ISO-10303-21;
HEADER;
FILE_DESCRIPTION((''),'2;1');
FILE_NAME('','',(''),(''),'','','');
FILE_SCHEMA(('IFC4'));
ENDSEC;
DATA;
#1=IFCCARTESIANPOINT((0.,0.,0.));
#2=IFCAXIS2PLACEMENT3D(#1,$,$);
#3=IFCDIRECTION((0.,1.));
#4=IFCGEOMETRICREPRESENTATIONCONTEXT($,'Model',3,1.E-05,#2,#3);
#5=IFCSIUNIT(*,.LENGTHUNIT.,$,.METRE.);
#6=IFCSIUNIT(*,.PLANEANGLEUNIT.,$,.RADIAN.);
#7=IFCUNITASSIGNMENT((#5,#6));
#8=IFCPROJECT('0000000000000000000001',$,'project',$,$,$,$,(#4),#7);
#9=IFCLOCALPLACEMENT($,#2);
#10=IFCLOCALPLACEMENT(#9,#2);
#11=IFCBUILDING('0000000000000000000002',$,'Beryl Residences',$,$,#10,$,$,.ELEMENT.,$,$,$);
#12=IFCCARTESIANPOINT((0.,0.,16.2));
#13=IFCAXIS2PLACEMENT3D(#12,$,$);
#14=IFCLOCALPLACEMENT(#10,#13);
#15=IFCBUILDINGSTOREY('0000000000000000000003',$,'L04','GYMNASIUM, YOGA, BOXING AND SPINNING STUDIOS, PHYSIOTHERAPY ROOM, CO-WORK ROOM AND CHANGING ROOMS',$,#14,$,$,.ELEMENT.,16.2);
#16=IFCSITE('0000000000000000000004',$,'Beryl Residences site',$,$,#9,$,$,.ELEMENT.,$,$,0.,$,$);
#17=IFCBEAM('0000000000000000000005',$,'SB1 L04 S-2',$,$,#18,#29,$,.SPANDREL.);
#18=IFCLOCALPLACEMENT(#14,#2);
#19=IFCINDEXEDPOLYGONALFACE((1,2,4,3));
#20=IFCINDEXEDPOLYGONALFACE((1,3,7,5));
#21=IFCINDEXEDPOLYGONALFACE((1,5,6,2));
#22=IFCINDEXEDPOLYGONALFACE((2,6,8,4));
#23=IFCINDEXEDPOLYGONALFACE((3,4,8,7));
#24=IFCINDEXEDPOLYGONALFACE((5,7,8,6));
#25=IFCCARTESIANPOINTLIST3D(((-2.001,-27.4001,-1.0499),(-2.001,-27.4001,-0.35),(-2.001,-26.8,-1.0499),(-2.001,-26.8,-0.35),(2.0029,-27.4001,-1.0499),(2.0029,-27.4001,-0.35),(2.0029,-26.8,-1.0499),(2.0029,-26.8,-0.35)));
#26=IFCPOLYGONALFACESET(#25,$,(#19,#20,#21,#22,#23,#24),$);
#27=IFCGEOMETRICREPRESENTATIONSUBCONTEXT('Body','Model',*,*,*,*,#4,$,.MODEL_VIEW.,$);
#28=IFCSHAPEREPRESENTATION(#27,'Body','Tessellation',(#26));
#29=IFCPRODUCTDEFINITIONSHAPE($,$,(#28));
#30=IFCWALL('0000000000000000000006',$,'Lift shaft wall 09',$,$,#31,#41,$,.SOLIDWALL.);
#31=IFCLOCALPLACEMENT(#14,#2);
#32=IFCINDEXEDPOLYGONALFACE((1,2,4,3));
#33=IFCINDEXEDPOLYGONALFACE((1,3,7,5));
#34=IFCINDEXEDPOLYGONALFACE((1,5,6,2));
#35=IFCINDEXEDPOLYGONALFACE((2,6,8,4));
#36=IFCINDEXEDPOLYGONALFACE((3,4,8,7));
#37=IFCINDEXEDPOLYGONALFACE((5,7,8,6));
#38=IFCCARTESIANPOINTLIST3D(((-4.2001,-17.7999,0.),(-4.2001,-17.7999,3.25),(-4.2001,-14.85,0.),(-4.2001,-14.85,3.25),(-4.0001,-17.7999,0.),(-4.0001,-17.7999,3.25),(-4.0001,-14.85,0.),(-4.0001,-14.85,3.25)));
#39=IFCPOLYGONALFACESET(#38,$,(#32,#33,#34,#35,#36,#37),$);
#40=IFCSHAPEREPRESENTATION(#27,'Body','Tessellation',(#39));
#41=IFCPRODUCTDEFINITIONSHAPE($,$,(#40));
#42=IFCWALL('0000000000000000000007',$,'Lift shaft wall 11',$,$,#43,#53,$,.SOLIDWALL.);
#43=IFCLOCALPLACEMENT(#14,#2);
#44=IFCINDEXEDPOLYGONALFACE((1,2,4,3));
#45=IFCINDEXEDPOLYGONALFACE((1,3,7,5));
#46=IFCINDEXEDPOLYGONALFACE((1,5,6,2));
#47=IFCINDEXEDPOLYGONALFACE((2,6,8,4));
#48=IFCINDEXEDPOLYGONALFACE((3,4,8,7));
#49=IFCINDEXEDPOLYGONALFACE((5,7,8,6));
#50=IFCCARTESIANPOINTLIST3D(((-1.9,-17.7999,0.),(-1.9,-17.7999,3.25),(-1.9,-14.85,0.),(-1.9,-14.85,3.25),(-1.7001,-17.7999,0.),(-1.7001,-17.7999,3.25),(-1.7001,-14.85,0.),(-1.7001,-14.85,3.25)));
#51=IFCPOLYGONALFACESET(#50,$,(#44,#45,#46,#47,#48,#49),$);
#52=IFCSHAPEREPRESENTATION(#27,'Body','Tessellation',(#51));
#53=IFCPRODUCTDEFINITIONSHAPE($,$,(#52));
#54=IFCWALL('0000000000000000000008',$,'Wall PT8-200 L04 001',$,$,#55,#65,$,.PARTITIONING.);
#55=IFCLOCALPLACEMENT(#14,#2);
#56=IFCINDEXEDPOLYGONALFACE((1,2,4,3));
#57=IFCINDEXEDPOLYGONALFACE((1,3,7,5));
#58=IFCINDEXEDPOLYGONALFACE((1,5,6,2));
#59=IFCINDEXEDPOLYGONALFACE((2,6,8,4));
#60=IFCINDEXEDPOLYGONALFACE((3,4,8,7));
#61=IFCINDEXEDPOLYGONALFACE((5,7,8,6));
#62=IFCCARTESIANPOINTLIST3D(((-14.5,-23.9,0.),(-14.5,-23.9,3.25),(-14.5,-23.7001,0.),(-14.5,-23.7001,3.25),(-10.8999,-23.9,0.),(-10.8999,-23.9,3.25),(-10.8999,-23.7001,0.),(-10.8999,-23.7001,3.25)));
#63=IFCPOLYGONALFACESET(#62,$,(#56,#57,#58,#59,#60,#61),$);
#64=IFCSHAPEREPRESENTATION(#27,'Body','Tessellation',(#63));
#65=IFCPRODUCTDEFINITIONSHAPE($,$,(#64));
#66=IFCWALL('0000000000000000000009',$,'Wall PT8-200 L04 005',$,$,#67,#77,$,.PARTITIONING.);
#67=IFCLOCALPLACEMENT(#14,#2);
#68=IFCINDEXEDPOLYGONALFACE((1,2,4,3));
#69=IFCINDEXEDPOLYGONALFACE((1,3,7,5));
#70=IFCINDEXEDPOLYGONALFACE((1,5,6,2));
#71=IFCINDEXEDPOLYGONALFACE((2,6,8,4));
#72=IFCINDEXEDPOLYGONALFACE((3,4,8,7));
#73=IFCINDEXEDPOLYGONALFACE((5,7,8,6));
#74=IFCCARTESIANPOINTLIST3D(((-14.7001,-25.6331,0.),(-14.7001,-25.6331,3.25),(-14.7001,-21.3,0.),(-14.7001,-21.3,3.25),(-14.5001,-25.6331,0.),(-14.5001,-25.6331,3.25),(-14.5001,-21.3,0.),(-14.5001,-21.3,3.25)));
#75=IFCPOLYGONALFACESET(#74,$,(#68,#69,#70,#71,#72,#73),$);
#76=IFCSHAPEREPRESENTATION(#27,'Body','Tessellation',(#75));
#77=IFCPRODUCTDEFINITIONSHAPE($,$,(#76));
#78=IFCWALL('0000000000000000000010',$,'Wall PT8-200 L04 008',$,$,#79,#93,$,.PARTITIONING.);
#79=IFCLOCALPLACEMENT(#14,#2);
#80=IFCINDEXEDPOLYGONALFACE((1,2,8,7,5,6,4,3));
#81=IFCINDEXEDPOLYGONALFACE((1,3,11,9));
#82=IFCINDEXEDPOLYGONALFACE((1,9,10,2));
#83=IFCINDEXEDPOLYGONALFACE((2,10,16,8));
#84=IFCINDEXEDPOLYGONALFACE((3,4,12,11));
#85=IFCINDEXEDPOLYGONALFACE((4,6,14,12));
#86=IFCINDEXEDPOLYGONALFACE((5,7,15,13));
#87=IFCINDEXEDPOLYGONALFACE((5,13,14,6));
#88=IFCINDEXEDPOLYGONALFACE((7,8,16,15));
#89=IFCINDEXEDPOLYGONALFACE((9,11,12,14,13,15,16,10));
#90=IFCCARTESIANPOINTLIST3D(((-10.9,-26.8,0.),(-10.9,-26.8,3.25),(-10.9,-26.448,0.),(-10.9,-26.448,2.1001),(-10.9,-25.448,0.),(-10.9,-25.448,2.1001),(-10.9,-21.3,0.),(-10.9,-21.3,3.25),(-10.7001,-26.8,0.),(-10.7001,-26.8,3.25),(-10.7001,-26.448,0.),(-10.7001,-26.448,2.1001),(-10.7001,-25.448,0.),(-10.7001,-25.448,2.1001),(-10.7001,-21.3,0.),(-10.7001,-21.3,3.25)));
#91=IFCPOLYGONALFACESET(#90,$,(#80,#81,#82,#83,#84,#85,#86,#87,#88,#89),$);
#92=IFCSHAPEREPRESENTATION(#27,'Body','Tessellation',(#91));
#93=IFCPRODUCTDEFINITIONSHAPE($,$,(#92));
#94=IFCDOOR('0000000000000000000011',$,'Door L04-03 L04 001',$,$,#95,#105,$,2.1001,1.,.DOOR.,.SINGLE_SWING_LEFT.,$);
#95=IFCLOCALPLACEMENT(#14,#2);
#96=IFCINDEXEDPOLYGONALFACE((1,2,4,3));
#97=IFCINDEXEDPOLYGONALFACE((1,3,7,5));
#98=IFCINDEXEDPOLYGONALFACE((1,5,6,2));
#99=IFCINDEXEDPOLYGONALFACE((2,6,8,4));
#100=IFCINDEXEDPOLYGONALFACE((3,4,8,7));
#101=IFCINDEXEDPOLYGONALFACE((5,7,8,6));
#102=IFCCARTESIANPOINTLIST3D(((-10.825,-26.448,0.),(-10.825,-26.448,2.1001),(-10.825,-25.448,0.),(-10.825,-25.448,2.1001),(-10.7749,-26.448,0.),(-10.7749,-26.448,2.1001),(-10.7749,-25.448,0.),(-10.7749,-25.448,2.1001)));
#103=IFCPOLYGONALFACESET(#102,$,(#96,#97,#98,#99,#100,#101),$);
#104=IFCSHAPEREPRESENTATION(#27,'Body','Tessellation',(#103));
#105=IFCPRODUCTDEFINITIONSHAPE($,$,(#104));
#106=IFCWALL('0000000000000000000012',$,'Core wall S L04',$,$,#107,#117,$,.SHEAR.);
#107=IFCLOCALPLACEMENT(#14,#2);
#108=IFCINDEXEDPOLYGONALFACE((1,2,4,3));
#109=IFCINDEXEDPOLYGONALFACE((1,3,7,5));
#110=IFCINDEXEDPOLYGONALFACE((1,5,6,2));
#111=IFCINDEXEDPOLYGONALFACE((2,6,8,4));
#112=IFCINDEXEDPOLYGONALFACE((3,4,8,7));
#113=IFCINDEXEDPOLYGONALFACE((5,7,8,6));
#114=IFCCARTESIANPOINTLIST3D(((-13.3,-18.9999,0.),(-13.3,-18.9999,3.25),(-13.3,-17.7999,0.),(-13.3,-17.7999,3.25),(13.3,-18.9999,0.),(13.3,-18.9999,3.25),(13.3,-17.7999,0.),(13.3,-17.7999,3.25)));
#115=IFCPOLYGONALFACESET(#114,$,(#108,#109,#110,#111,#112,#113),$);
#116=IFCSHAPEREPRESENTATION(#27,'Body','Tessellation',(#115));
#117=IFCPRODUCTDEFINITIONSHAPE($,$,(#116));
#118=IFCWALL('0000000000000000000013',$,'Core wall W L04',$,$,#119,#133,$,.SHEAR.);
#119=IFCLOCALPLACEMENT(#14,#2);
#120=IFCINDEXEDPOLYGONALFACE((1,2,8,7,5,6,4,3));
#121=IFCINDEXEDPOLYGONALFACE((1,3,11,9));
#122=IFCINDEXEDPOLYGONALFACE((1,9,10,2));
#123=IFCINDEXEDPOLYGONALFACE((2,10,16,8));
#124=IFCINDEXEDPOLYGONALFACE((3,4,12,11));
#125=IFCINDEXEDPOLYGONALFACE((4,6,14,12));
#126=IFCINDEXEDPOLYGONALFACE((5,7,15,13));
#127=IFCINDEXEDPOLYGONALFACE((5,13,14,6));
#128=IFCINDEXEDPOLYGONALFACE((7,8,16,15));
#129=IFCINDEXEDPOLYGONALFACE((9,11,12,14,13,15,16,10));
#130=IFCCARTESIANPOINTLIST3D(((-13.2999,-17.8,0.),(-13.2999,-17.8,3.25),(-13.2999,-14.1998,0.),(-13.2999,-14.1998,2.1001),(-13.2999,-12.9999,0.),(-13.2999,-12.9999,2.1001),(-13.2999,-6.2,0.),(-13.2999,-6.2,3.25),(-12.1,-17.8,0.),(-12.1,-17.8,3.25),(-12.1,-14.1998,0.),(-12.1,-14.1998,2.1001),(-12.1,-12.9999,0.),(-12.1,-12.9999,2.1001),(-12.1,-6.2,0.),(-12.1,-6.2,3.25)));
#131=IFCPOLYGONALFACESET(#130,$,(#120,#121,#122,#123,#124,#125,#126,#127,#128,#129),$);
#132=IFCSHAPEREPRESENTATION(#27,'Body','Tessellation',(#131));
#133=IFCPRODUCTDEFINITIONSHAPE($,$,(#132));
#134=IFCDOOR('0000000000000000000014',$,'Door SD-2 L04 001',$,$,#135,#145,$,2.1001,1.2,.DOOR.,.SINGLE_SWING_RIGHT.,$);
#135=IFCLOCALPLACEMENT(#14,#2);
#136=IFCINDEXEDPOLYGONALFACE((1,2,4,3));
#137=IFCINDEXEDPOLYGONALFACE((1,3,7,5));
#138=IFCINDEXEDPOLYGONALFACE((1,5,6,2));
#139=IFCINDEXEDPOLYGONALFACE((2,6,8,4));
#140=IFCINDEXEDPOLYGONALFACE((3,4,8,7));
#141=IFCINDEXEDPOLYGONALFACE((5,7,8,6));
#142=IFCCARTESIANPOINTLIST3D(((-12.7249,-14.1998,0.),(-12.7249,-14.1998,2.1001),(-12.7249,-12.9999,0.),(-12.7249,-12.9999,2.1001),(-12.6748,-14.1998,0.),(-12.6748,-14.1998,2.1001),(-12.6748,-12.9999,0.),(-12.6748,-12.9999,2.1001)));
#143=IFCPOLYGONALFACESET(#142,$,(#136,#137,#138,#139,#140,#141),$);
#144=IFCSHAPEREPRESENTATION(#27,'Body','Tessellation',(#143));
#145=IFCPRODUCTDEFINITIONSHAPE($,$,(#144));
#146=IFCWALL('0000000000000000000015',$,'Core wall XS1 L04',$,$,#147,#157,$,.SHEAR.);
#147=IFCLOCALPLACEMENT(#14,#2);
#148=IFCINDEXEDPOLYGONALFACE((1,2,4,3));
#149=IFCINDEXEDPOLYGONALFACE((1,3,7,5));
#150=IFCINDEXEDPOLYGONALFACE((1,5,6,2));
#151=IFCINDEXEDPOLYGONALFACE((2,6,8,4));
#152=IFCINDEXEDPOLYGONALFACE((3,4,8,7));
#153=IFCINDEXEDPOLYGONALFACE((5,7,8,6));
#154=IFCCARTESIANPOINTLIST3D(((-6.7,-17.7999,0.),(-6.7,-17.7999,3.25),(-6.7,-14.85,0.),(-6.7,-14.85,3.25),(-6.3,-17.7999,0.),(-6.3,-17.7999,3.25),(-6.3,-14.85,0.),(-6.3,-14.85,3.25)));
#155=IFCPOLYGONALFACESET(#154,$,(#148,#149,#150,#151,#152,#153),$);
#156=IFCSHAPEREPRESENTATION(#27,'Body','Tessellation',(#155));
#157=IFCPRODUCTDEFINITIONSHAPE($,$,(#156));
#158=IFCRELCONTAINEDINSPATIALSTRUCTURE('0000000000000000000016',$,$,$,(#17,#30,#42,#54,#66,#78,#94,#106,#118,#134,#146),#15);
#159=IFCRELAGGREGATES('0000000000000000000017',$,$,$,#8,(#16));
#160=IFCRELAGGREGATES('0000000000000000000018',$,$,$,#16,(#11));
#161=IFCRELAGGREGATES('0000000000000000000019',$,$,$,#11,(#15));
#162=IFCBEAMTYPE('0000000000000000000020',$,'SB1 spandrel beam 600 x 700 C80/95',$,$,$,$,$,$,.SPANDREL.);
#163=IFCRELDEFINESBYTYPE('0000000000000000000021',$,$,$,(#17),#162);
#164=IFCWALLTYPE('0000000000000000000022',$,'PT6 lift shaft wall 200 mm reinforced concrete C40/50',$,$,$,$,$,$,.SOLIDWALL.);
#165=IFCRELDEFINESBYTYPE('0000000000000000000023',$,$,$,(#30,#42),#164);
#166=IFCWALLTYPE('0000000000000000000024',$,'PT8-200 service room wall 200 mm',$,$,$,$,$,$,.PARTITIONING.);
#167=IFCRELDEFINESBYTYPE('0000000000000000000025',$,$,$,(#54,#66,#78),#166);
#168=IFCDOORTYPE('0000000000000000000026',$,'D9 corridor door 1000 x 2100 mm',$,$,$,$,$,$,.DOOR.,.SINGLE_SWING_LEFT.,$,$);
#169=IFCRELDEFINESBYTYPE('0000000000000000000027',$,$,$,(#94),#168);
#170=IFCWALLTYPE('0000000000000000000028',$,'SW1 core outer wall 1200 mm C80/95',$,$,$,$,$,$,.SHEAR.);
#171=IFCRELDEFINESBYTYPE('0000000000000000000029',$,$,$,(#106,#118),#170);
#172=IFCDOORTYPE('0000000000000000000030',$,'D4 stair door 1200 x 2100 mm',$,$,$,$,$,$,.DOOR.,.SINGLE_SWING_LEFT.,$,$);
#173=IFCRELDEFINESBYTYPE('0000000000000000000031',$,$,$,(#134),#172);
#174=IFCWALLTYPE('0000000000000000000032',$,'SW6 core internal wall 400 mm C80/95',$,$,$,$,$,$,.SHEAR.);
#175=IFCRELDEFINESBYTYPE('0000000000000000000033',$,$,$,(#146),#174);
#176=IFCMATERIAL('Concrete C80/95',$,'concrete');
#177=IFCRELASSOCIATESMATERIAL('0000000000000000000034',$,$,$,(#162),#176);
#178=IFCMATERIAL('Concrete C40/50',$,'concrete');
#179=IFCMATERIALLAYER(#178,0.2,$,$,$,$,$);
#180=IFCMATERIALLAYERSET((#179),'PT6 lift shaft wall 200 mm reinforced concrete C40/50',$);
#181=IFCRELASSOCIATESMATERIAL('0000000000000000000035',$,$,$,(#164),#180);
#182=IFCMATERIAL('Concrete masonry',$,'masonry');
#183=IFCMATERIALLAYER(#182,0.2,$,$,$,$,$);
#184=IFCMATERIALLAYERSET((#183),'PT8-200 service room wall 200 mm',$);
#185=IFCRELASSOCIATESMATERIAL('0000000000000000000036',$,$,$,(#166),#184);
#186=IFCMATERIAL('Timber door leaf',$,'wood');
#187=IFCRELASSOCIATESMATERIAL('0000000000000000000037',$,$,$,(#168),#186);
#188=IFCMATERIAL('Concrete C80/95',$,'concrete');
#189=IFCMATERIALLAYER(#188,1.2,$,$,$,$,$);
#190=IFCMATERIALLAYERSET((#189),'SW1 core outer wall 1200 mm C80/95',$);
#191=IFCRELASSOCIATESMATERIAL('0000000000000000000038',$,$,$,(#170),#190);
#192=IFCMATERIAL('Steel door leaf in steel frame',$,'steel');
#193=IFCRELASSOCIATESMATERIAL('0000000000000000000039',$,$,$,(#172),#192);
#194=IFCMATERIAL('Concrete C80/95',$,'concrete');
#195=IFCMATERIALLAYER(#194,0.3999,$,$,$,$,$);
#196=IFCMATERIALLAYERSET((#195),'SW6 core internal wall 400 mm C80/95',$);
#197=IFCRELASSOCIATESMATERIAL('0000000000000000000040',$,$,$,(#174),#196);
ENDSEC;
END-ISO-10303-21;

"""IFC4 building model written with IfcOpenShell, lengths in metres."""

from ifc_helpers import new_model, si_unit, direction, frame, frame_2d, origin, origin_2d, place, context, subcontext, project, spatial, rectangle, extrude, material, layer, layer_set, material_profile, profile_set, type_object, element, fill, save


model = new_model("IFC4")

# Units and contexts
model_context = context("Model", 3, precision=1e-05, world=origin(), true_north=direction((0.0, 1.0)))
body_context = subcontext(model_context, "Body", "Model", "MODEL_VIEW")
ifc_project = project(units=[si_unit("LENGTHUNIT", "METRE"), si_unit("PLANEANGLEUNIT", "RADIAN")], contexts=[model_context])

# Site, building, storey
site_placement = place(None, origin())
site = spatial("IfcSite", under=ifc_project, at=site_placement, Name="Beryl Residences site", CompositionType="ELEMENT", RefElevation=0.0)
building_placement = place(site_placement, origin())
building = spatial("IfcBuilding", under=site, at=building_placement, Name="Beryl Residences", CompositionType="ELEMENT")
storey_placement = place(building_placement, frame((0.0, 0.0, 16.2)))
storey = spatial("IfcBuildingStorey", under=building, at=storey_placement, Name="L04", Description="GYMNASIUM, YOGA, BOXING AND SPINNING STUDIOS, PHYSIOTHERAPY ROOM, CO-WORK ROOM AND CHANGING ROOMS", CompositionType="ELEMENT", Elevation=16.2)

# Beam
ifc_material_1 = material(Name="Concrete C80/95", Category="concrete")
ifc_material_profile = material_profile(ifc_material_1, rectangle(XDim=0.6001, YDim=0.7, at=origin_2d()))
ifc_profile_set = profile_set([ifc_material_profile], Name="Concrete C80/95")
beam_type = type_object("IfcBeamType", Name="SB1 spandrel beam 600 x 700 C80/95", PredefinedType="SPANDREL", material=ifc_profile_set)
beam_placement = place(storey_placement, frame((-2.001, -27.1001, -0.7), z_axis=(1.0, 0.0, 0.0), x_axis=(0.0, 1.0, 0.0)))
element("IfcBeam", 1, at=beam_placement, inside=storey, type_object=beam_type, Name="SB1 L04 S-2", PredefinedType="SPANDREL", context=body_context, shape_type="SweptSolid", body=[
    extrude(rectangle(XDim=0.6001, YDim=0.7, at=origin_2d()), origin(), (0.0, 0.0, 1.0), 4.0039),
])

# Walls
ifc_material_2 = material(Name="Concrete C40/50", Category="concrete")
ifc_layer_1 = layer(ifc_material_2, 0.2)
ifc_layer_set_1 = layer_set([ifc_layer_1], Name="PT6 lift shaft wall 200 mm reinforced concrete C40/50")
wall_type_1 = type_object("IfcWallType", Name="PT6 lift shaft wall 200 mm reinforced concrete C40/50", PredefinedType="SOLIDWALL", material=ifc_layer_set_1)
for number, where, z_axis, x_axis, name in (
    (2, (-4.1001, -17.8, 0.0), (0.0, 0.0, 1.0), (0.0, 1.0, 0.0), "Lift shaft wall 09"),
    (3, (-1.8, -17.8, 0.0), (0.0, 0.0, 1.0), (0.0, 1.0, 0.0), "Lift shaft wall 11"),
):
    element("IfcWall", number, at=place(storey_placement, frame(where, z_axis=z_axis, x_axis=x_axis)), inside=storey, type_object=wall_type_1, Name=name, PredefinedType="SOLIDWALL", context=body_context, shape_type="SweptSolid", body=[
        extrude(rectangle(XDim=2.95, YDim=0.2, at=frame_2d((1.4751, 0.0))), origin(), (0.0, 0.0, 1.0), 3.25),
    ])
ifc_material_3 = material(Name="Concrete masonry", Category="masonry")
ifc_layer_2 = layer(ifc_material_3, 0.2)
ifc_layer_set_2 = layer_set([ifc_layer_2], Name="PT8-200 service room wall 200 mm")
wall_type_2 = type_object("IfcWallType", Name="PT8-200 service room wall 200 mm", PredefinedType="PARTITIONING", material=ifc_layer_set_2)
wall_1_placement = place(storey_placement, frame((-14.5, -23.8, 0.0), z_axis=(0.0, 0.0, 1.0), x_axis=(1.0, 0.0, 0.0)))
element("IfcWall", 4, at=wall_1_placement, inside=storey, type_object=wall_type_2, Name="Wall PT8-200 L04 001", PredefinedType="PARTITIONING", context=body_context, shape_type="SweptSolid", body=[
    extrude(rectangle(XDim=3.6001, YDim=0.2, at=frame_2d((1.8, 0.0))), origin(), (0.0, 0.0, 1.0), 3.25),
])
wall_2_placement = place(storey_placement, frame((-14.6001, -25.6331, 0.0), z_axis=(0.0, 0.0, 1.0), x_axis=(0.0, 1.0, 0.0)))
element("IfcWall", 5, at=wall_2_placement, inside=storey, type_object=wall_type_2, Name="Wall PT8-200 L04 005", PredefinedType="PARTITIONING", context=body_context, shape_type="SweptSolid", body=[
    extrude(rectangle(XDim=4.333, YDim=0.2, at=frame_2d((2.1665, 0.0))), origin(), (0.0, 0.0, 1.0), 3.25),
])

# Wall, opening, door
wall_3_placement = place(storey_placement, frame((-10.8, -26.8, 0.0), z_axis=(0.0, 0.0, 1.0), x_axis=(0.0, 1.0, 0.0)))
wall_3 = element("IfcWall", 6, at=wall_3_placement, inside=storey, type_object=wall_type_2, Name="Wall PT8-200 L04 008", PredefinedType="PARTITIONING", context=body_context, shape_type="SweptSolid", body=[
    extrude(rectangle(XDim=5.5, YDim=0.2, at=frame_2d((2.75, 0.0))), origin(), (0.0, 0.0, 1.0), 3.25),
])
opening_1_placement = place(wall_3_placement, frame((0.3521, 0.0, 0.0)))
opening_1 = element("IfcOpeningElement", 7, at=opening_1_placement, cuts=wall_3, PredefinedType="OPENING", context=body_context, shape_type="SweptSolid", body=[
    extrude(rectangle(XDim=1.0, YDim=2.1001, at=frame_2d((0.5, 1.05))), frame((0.0, 0.1099, 0.0), z_axis=(0.0, -1.0, 0.0), x_axis=(1.0, 0.0, 0.0)), (0.0, 0.0, 1.0), 0.22),
])
ifc_material_4 = material(Name="Timber door leaf", Category="wood")
door_type_1 = type_object("IfcDoorType", Name="D9 corridor door 1000 x 2100 mm", OperationType="SINGLE_SWING_LEFT", PredefinedType="DOOR", material=ifc_material_4)
door_1_placement = place(opening_1_placement, origin())
door_1 = element("IfcDoor", 8, at=door_1_placement, inside=storey, type_object=door_type_1, Name="Door L04-03 L04 001", OperationType="SINGLE_SWING_LEFT", OverallHeight=2.1001, OverallWidth=1.0, PredefinedType="DOOR", context=body_context, shape_type="SweptSolid", body=[
    extrude(rectangle(XDim=1.0, YDim=2.1001, at=frame_2d((0.5, 1.05))), frame((0.0, 0.0249, 0.0), z_axis=(0.0, -1.0, 0.0), x_axis=(1.0, 0.0, 0.0)), (0.0, 0.0, 1.0), 0.05),
])
fill(opening_1, door_1)

# Wall
ifc_material_5 = material(Name="Concrete C80/95", Category="concrete")
ifc_layer_3 = layer(ifc_material_5, 1.2)
ifc_layer_set_3 = layer_set([ifc_layer_3], Name="SW1 core outer wall 1200 mm C80/95")
wall_type_3 = type_object("IfcWallType", Name="SW1 core outer wall 1200 mm C80/95", PredefinedType="SHEAR", material=ifc_layer_set_3)
wall_4_placement = place(storey_placement, frame((-13.3, -18.3999, 0.0), z_axis=(0.0, 0.0, 1.0), x_axis=(1.0, 0.0, 0.0)))
element("IfcWall", 9, at=wall_4_placement, inside=storey, type_object=wall_type_3, Name="Core wall S L04", PredefinedType="SHEAR", context=body_context, shape_type="SweptSolid", body=[
    extrude(rectangle(XDim=26.6001, YDim=1.2, at=frame_2d((13.3, 0.0))), origin(), (0.0, 0.0, 1.0), 3.25),
])

# Wall, opening, door
wall_5_placement = place(storey_placement, frame((-12.7, -17.8, 0.0), z_axis=(0.0, 0.0, 1.0), x_axis=(0.0, 1.0, 0.0)))
wall_5 = element("IfcWall", 10, at=wall_5_placement, inside=storey, type_object=wall_type_3, Name="Core wall W L04", PredefinedType="SHEAR", context=body_context, shape_type="SweptSolid", body=[
    extrude(rectangle(XDim=11.6001, YDim=1.2, at=frame_2d((5.8, 0.0))), origin(), (0.0, 0.0, 1.0), 3.25),
])
opening_2_placement = place(wall_5_placement, frame((3.6001, 0.0, 0.0)))
opening_2 = element("IfcOpeningElement", 11, at=opening_2_placement, cuts=wall_5, PredefinedType="OPENING", context=body_context, shape_type="SweptSolid", body=[
    extrude(rectangle(XDim=1.2, YDim=2.1001, at=frame_2d((0.6001, 1.05))), frame((0.0, 0.6099, 0.0), z_axis=(0.0, -1.0, 0.0), x_axis=(1.0, 0.0, 0.0)), (0.0, 0.0, 1.0), 1.22),
])
ifc_material_6 = material(Name="Steel door leaf in steel frame", Category="steel")
door_type_2 = type_object("IfcDoorType", Name="D4 stair door 1200 x 2100 mm", OperationType="SINGLE_SWING_LEFT", PredefinedType="DOOR", material=ifc_material_6)
door_2_placement = place(opening_2_placement, origin())
door_2 = element("IfcDoor", 12, at=door_2_placement, inside=storey, type_object=door_type_2, Name="Door SD-2 L04 001", OperationType="SINGLE_SWING_RIGHT", OverallHeight=2.1001, OverallWidth=1.2, PredefinedType="DOOR", context=body_context, shape_type="SweptSolid", body=[
    extrude(rectangle(XDim=1.2, YDim=2.1001, at=frame_2d((0.6001, 1.05))), frame((0.0, 0.0249, 0.0), z_axis=(0.0, -1.0, 0.0), x_axis=(1.0, 0.0, 0.0)), (0.0, 0.0, 1.0), 0.05),
])
fill(opening_2, door_2)

# Wall
ifc_material_7 = material(Name="Concrete C80/95", Category="concrete")
ifc_layer_4 = layer(ifc_material_7, 0.3999)
ifc_layer_set_4 = layer_set([ifc_layer_4], Name="SW6 core internal wall 400 mm C80/95")
wall_type_4 = type_object("IfcWallType", Name="SW6 core internal wall 400 mm C80/95", PredefinedType="SHEAR", material=ifc_layer_set_4)
wall_6_placement = place(storey_placement, frame((-6.5, -17.8, 0.0), z_axis=(0.0, 0.0, 1.0), x_axis=(0.0, 1.0, 0.0)))
element("IfcWall", 13, at=wall_6_placement, inside=storey, type_object=wall_type_4, Name="Core wall XS1 L04", PredefinedType="SHEAR", context=body_context, shape_type="SweptSolid", body=[
    extrude(rectangle(XDim=2.95, YDim=0.3999, at=frame_2d((1.4751, 0.0))), origin(), (0.0, 0.0, 1.0), 3.25),
])

save(model, "model.ifc")
